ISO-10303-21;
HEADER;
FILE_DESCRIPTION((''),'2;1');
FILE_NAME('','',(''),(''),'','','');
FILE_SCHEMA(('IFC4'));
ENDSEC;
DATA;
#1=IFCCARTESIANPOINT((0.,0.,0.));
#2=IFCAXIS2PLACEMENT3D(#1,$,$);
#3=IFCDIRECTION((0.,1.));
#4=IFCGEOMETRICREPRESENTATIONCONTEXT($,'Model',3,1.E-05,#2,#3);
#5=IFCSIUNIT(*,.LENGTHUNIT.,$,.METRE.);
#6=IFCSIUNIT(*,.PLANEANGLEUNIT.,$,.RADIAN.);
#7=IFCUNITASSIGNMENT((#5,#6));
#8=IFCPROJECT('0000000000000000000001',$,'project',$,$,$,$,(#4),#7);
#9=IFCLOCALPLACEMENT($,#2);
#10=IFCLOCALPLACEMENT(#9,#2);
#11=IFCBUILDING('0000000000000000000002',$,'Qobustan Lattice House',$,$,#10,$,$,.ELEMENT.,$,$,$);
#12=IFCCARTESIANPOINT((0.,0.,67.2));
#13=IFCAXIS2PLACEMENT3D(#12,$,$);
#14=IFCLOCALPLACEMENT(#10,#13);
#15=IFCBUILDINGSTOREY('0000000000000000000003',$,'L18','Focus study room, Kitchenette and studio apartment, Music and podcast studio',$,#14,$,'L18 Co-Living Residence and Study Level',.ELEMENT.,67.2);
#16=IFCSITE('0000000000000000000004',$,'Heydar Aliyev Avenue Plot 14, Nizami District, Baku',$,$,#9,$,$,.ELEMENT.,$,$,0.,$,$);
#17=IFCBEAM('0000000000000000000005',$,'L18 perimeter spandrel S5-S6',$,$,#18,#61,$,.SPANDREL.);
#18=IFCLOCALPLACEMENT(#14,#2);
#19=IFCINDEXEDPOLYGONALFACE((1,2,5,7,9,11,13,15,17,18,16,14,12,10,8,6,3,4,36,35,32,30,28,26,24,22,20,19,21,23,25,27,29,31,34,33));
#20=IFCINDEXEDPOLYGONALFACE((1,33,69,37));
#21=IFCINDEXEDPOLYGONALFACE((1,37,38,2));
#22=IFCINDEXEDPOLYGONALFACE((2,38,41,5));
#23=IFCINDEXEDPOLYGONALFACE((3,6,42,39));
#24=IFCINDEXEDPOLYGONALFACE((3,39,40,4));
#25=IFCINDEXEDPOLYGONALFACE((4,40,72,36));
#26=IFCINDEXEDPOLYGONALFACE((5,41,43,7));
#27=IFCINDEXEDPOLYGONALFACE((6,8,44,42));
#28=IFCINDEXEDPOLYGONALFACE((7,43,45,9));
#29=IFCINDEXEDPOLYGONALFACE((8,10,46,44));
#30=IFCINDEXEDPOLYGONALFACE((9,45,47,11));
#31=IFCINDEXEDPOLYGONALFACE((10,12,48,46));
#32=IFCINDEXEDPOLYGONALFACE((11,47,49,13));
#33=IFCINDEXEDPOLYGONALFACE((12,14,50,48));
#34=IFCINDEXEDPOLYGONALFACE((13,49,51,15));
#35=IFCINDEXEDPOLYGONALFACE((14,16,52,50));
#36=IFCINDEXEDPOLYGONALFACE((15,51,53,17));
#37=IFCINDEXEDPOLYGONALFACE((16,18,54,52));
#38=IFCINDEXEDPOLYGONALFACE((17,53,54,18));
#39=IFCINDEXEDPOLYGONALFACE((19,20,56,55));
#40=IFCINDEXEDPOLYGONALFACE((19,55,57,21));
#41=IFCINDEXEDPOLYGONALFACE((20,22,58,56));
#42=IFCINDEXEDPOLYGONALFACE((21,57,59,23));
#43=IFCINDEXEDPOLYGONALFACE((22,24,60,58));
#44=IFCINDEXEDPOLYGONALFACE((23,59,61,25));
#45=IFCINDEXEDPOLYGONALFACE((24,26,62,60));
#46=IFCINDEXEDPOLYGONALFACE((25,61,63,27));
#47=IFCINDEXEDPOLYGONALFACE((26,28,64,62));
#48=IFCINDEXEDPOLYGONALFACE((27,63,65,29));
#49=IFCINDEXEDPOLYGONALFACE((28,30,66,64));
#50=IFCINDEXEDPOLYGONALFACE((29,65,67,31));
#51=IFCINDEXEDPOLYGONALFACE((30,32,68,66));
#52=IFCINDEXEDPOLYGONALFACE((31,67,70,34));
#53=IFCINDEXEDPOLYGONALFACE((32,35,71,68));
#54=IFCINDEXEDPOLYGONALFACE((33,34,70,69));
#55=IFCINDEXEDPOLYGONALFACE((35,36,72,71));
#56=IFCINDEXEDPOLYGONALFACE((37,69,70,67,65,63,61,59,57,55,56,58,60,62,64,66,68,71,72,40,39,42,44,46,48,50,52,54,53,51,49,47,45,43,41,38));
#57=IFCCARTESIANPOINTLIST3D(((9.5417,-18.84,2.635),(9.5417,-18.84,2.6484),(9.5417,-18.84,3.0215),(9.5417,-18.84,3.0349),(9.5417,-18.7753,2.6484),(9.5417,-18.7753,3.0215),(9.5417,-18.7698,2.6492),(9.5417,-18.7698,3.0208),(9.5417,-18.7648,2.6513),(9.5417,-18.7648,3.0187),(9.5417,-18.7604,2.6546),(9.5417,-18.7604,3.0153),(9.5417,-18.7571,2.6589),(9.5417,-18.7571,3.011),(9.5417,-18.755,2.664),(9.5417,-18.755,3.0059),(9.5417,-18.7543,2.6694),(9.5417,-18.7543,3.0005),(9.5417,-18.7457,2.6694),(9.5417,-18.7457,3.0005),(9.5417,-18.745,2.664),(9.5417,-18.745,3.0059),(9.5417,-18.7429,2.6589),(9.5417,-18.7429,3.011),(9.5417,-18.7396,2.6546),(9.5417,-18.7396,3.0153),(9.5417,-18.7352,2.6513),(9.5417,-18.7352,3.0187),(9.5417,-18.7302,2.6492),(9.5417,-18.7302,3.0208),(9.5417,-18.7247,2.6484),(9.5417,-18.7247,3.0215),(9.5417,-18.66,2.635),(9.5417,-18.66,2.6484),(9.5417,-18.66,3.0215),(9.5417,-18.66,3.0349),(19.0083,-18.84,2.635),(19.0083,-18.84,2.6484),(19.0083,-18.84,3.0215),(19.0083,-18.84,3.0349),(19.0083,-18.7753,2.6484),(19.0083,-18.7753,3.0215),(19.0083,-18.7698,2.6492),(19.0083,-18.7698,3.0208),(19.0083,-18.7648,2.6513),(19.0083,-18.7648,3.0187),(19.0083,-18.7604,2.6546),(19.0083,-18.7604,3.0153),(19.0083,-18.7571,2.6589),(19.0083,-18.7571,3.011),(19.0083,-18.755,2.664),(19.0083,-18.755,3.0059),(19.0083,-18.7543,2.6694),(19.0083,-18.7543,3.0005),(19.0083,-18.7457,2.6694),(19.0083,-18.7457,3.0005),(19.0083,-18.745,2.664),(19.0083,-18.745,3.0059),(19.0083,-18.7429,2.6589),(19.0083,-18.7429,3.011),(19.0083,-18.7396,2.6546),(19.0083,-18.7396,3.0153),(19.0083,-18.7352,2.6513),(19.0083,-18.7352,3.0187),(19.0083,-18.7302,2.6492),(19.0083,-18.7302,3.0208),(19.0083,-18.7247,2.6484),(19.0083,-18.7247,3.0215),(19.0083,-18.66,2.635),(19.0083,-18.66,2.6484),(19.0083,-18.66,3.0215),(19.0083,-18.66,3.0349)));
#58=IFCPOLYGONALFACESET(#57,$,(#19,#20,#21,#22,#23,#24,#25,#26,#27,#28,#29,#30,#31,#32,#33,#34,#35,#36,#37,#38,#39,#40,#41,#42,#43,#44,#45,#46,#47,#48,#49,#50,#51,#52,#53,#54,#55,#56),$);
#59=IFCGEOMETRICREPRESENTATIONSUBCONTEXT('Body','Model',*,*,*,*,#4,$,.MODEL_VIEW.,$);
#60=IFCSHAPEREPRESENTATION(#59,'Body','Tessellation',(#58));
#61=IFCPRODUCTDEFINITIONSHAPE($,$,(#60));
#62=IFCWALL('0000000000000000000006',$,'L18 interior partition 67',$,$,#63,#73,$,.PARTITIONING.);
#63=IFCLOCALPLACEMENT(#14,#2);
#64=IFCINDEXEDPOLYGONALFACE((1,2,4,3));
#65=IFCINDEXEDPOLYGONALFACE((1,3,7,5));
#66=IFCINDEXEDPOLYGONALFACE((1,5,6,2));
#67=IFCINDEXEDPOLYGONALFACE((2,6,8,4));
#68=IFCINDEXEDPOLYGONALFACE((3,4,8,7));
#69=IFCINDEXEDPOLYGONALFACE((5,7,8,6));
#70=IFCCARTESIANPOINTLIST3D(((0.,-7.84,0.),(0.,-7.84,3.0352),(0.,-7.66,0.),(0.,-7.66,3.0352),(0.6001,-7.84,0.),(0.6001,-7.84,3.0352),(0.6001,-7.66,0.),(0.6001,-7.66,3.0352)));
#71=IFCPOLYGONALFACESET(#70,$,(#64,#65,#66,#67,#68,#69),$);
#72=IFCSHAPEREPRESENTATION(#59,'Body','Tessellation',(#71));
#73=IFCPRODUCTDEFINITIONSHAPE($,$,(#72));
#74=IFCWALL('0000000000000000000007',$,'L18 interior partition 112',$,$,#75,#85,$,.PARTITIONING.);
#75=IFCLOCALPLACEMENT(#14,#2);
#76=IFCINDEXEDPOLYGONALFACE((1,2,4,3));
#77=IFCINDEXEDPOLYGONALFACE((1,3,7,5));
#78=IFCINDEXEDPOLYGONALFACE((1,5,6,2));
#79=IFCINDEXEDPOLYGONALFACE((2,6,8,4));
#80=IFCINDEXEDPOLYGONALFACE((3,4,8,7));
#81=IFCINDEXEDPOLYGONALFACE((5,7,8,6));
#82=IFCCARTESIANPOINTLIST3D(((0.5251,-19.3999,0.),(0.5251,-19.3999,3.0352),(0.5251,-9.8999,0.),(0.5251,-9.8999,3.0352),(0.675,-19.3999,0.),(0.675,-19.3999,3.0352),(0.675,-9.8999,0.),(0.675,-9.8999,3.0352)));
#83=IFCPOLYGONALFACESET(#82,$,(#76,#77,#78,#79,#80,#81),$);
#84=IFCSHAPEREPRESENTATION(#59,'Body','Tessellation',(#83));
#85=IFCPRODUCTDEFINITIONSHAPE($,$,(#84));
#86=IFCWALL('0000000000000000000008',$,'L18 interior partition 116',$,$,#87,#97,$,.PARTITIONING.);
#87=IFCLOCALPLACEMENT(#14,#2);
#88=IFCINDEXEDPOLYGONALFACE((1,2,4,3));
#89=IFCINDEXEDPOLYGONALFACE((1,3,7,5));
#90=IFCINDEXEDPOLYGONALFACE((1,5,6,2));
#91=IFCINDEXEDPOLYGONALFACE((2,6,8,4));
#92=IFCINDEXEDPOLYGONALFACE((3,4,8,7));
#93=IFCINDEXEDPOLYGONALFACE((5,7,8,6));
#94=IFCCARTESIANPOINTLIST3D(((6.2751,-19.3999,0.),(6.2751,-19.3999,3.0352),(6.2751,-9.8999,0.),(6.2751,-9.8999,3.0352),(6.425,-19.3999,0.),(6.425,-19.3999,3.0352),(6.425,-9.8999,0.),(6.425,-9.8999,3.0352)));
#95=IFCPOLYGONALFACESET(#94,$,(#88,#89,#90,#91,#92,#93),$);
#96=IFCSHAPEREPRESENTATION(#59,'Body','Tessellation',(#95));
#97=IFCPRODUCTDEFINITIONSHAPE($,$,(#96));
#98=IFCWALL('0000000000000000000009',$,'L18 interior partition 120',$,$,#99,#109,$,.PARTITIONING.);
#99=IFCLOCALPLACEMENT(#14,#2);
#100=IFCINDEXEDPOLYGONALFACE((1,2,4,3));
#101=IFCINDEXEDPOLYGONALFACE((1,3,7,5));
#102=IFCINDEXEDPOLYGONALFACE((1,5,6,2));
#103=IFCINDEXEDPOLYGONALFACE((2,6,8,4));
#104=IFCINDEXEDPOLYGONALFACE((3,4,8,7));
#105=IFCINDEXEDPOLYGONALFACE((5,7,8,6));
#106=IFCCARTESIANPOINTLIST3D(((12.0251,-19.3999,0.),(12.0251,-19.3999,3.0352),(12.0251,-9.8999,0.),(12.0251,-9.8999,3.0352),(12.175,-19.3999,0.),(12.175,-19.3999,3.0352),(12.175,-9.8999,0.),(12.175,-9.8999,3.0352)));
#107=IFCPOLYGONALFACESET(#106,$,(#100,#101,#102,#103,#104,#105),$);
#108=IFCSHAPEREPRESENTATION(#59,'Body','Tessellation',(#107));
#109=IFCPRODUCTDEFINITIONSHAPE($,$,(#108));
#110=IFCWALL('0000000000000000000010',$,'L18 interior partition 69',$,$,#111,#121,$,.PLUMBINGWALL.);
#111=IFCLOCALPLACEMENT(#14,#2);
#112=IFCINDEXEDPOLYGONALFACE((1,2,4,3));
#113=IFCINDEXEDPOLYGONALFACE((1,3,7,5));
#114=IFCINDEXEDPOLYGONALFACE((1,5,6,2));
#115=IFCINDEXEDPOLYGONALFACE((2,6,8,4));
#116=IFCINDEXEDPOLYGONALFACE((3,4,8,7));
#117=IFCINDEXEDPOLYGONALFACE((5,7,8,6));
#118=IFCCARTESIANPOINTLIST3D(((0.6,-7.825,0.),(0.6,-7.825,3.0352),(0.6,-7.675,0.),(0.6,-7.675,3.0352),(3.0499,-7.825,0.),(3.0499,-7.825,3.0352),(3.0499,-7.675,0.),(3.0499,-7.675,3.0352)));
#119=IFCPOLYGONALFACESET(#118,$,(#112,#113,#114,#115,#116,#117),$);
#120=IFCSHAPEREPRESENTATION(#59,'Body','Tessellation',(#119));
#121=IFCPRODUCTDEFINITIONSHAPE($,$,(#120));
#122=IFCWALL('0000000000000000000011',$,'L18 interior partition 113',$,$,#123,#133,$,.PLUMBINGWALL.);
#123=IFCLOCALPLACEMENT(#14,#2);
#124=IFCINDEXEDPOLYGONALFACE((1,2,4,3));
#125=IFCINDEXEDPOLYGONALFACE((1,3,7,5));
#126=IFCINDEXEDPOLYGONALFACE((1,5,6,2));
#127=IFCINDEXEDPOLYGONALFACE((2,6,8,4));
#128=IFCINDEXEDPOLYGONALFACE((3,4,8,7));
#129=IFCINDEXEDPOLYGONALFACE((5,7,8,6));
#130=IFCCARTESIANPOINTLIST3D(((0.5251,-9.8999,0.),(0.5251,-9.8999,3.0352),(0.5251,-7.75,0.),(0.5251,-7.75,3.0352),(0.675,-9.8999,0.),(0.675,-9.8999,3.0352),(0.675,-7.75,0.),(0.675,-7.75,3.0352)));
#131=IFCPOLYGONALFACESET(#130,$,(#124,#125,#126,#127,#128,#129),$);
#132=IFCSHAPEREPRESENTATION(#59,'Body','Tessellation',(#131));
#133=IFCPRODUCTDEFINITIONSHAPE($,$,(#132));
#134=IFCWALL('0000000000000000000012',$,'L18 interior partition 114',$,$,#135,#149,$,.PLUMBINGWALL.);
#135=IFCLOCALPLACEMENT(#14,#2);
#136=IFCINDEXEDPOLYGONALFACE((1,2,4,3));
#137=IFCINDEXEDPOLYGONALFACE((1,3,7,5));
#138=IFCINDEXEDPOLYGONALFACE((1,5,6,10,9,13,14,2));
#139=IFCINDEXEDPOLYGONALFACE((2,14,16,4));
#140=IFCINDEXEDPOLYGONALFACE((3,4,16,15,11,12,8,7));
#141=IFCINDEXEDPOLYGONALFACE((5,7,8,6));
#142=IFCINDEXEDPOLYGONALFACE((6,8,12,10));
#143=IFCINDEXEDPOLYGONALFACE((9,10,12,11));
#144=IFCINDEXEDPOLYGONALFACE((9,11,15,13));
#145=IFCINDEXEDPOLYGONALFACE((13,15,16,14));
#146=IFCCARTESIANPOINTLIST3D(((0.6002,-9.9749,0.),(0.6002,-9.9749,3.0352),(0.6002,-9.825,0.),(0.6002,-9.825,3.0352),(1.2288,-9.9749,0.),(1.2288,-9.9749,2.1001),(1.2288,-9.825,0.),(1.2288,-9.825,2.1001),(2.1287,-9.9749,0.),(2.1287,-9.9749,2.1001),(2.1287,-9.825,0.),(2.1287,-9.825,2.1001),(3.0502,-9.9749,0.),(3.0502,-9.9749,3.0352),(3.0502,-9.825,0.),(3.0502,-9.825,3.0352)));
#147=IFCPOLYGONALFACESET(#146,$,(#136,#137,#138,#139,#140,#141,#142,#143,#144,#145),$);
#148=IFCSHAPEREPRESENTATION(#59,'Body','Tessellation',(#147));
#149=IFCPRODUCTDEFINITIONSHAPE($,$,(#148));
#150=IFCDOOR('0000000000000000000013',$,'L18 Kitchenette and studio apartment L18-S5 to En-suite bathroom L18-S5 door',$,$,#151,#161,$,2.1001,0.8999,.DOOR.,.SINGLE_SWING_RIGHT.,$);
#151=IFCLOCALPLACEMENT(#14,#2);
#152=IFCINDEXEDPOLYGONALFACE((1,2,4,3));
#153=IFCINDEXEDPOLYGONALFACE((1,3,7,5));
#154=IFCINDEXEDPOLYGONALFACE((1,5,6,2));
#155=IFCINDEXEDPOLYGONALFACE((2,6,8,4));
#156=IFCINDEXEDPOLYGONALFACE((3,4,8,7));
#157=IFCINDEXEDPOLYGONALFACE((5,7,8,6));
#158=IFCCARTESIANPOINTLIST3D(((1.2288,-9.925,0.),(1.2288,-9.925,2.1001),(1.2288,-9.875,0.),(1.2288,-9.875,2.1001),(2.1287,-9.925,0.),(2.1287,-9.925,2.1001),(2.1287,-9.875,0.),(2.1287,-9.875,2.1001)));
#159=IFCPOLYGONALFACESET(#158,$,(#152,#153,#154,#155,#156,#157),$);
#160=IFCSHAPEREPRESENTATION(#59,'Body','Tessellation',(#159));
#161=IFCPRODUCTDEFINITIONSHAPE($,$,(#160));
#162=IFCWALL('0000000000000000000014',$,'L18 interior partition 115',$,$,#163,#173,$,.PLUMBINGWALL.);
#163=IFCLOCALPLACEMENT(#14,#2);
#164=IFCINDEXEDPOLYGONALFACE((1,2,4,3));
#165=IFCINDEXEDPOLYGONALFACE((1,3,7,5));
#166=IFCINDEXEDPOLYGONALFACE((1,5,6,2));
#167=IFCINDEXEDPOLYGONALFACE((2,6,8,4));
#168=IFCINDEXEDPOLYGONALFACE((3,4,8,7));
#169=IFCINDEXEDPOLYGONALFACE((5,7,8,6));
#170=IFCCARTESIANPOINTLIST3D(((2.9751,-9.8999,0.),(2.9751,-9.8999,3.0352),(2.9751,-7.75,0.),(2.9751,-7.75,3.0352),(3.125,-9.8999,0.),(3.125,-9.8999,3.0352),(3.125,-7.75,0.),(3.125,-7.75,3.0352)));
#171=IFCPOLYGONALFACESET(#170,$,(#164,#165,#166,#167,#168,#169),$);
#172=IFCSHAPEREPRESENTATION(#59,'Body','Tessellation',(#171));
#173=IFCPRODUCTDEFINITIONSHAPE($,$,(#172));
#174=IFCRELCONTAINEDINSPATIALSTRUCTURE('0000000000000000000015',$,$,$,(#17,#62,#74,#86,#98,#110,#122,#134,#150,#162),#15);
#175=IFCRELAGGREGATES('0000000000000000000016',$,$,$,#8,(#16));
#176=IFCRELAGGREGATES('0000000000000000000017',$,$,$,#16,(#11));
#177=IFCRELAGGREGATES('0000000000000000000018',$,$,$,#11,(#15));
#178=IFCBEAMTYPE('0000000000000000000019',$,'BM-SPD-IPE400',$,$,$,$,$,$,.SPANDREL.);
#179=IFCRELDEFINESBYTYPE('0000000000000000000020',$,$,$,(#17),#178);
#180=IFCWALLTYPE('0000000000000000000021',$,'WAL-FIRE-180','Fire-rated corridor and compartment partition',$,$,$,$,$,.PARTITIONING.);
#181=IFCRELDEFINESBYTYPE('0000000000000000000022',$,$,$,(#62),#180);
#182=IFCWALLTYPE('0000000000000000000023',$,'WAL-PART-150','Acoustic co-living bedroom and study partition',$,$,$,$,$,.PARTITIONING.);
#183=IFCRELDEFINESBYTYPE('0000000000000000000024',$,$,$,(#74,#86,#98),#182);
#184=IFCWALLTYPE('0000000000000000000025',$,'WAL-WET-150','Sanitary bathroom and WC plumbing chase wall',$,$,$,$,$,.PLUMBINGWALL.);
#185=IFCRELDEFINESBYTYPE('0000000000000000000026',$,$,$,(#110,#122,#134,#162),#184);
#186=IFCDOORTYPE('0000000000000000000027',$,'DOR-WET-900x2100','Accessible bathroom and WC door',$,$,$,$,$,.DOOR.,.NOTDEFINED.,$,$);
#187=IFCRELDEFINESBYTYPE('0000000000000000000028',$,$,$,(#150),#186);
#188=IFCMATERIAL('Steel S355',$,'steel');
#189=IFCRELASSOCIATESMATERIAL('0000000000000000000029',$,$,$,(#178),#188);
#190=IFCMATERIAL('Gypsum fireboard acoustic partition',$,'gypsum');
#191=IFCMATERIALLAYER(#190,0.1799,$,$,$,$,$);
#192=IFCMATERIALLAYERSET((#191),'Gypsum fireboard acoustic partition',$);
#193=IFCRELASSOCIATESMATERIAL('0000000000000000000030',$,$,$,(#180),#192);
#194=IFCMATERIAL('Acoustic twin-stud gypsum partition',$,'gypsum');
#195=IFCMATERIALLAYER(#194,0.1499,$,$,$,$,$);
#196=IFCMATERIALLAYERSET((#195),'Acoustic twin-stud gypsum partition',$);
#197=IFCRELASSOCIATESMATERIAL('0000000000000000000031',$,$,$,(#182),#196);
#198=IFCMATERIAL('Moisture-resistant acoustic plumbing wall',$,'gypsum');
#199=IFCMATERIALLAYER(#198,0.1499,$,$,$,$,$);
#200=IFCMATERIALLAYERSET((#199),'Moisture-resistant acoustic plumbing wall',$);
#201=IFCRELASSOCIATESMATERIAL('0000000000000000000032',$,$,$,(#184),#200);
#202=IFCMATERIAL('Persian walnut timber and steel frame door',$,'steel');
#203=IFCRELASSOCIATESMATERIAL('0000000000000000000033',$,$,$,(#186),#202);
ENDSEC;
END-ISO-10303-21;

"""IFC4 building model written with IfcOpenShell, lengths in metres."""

from ifc_helpers import new_model, si_unit, direction, frame, frame_2d, origin, origin_2d, place, context, subcontext, project, spatial, rectangle, i_section, extrude, material, layer, layer_set, material_profile, profile_set, type_object, element, fill, save


model = new_model("IFC4")

# Units and contexts
model_context = context("Model", 3, precision=1e-05, world=origin(), true_north=direction((0.0, 1.0)))
body_context = subcontext(model_context, "Body", "Model", "MODEL_VIEW")
ifc_project = project(units=[si_unit("LENGTHUNIT", "METRE"), si_unit("PLANEANGLEUNIT", "RADIAN")], contexts=[model_context])

# Site, building, storey
site_placement = place(None, origin())
site = spatial("IfcSite", under=ifc_project, at=site_placement, Name="Heydar Aliyev Avenue Plot 14, Nizami District, Baku", CompositionType="ELEMENT", RefElevation=0.0)
building_placement = place(site_placement, origin())
building = spatial("IfcBuilding", under=site, at=building_placement, Name="Qobustan Lattice House", CompositionType="ELEMENT")
storey_placement = place(building_placement, frame((0.0, 0.0, 67.2)))
storey = spatial("IfcBuildingStorey", under=building, at=storey_placement, Name="L18", Description="Focus study room, Kitchenette and studio apartment, Music and podcast studio", LongName="L18 Co-Living Residence and Study Level", CompositionType="ELEMENT", Elevation=67.2)

# Beam
ifc_material_1 = material(Name="Steel S355", Category="steel")
ifc_material_profile_1 = material_profile(ifc_material_1, i_section(OverallWidth=0.1799, OverallDepth=0.3999, WebThickness=0.0085, FlangeThickness=0.0134, FilletRadius=0.021, at=origin_2d()), Name="IPE400")
ifc_profile_set_1 = profile_set([ifc_material_profile_1], Name="Steel S355")
beam_type_1 = type_object("IfcBeamType", Name="BM-SPD-IPE400", PredefinedType="SPANDREL", material=ifc_profile_set_1)
beam_1_placement = place(storey_placement, frame((9.5417, -18.75, 2.835), z_axis=(1.0, 0.0, 0.0), x_axis=(0.0, 1.0, 0.0)))
element("IfcBeam", 1, at=beam_1_placement, inside=storey, type_object=beam_type_1, Name="L18 perimeter spandrel S5-S6", PredefinedType="SPANDREL", context=body_context, shape_type="SweptSolid", body=[
    extrude(i_section(OverallWidth=0.1799, OverallDepth=0.3999, WebThickness=0.0085, FlangeThickness=0.0134, FilletRadius=0.021, at=origin_2d()), origin(), (0.0, 0.0, 1.0), 9.4666),
])

# Shared definitions
ifc_material_2 = material(Name="Gypsum fireboard acoustic partition", Category="gypsum")
ifc_layer_1 = layer(ifc_material_2, 0.1799)
ifc_layer_set_1 = layer_set([ifc_layer_1], Name="Gypsum fireboard acoustic partition")
wall_type_1 = type_object("IfcWallType", Name="WAL-FIRE-180", Description="Fire-rated corridor and compartment partition", PredefinedType="PARTITIONING", material=ifc_layer_set_1)

# Walls
wall_1_placement = place(storey_placement, frame((0.6001, -7.75, 0.0), z_axis=(0.0, 0.0, 1.0), x_axis=(-1.0, 0.0, 0.0)))
element("IfcWall", 2, at=wall_1_placement, inside=storey, type_object=wall_type_1, Name="L18 interior partition 67", PredefinedType="PARTITIONING", context=body_context, shape_type="SweptSolid", body=[
    extrude(rectangle(XDim=0.6001, YDim=0.1799, at=frame_2d((0.3, 0.0))), origin(), (0.0, 0.0, 1.0), 3.0352),
])
ifc_material_3 = material(Name="Acoustic twin-stud gypsum partition", Category="gypsum")
ifc_layer_2 = layer(ifc_material_3, 0.1499)
ifc_layer_set_2 = layer_set([ifc_layer_2], Name="Acoustic twin-stud gypsum partition")
wall_type_2 = type_object("IfcWallType", Name="WAL-PART-150", Description="Acoustic co-living bedroom and study partition", PredefinedType="PARTITIONING", material=ifc_layer_set_2)
for number, where, z_axis, x_axis, name in (
    (3, (0.6001, -9.8999, 0.0), (0.0, 0.0, 1.0), (0.0, -1.0, 0.0), "L18 interior partition 112"),
    (4, (6.3501, -9.8999, 0.0), (0.0, 0.0, 1.0), (0.0, -1.0, 0.0), "L18 interior partition 116"),
    (5, (12.1001, -9.8999, 0.0), (0.0, 0.0, 1.0), (0.0, -1.0, 0.0), "L18 interior partition 120"),
):
    element("IfcWall", number, at=place(storey_placement, frame(where, z_axis=z_axis, x_axis=x_axis)), inside=storey, type_object=wall_type_2, Name=name, PredefinedType="PARTITIONING", context=body_context, shape_type="SweptSolid", body=[
        extrude(rectangle(XDim=9.5, YDim=0.1499, at=frame_2d((4.75, 0.0))), origin(), (0.0, 0.0, 1.0), 3.0352),
    ])
ifc_material_4 = material(Name="Moisture-resistant acoustic plumbing wall", Category="gypsum")
ifc_layer_3 = layer(ifc_material_4, 0.1499)
ifc_layer_set_3 = layer_set([ifc_layer_3], Name="Moisture-resistant acoustic plumbing wall")
wall_type_3 = type_object("IfcWallType", Name="WAL-WET-150", Description="Sanitary bathroom and WC plumbing chase wall", PredefinedType="PLUMBINGWALL", material=ifc_layer_set_3)
wall_2_placement = place(storey_placement, frame((3.05, -7.75, 0.0), z_axis=(0.0, 0.0, 1.0), x_axis=(-1.0, 0.0, 0.0)))
element("IfcWall", 6, at=wall_2_placement, inside=storey, type_object=wall_type_3, Name="L18 interior partition 69", PredefinedType="PLUMBINGWALL", context=body_context, shape_type="SweptSolid", body=[
    extrude(rectangle(XDim=2.45, YDim=0.1499, at=frame_2d((1.2251, 0.0))), origin(), (0.0, 0.0, 1.0), 3.0352),
])
wall_3_placement = place(storey_placement, frame((0.6001, -7.75, 0.0), z_axis=(0.0, 0.0, 1.0), x_axis=(0.0, -1.0, 0.0)))
element("IfcWall", 7, at=wall_3_placement, inside=storey, type_object=wall_type_3, Name="L18 interior partition 113", PredefinedType="PLUMBINGWALL", context=body_context, shape_type="SweptSolid", body=[
    extrude(rectangle(XDim=2.1499, YDim=0.1499, at=frame_2d((1.075, 0.0))), origin(), (0.0, 0.0, 1.0), 3.0352),
])

# Wall, opening, door
wall_4_placement = place(storey_placement, frame((0.6001, -9.8999, 0.0), z_axis=(0.0, 0.0, 1.0), x_axis=(1.0, 0.0, 0.0)))
wall_4 = element("IfcWall", 8, at=wall_4_placement, inside=storey, type_object=wall_type_3, Name="L18 interior partition 114", PredefinedType="PLUMBINGWALL", context=body_context, shape_type="SweptSolid", body=[
    extrude(rectangle(XDim=2.45, YDim=0.1499, at=frame_2d((1.2251, 0.0))), origin(), (0.0, 0.0, 1.0), 3.0352),
])
opening_1_placement = place(wall_4_placement, frame((0.6287, 0.0, 0.0)))
opening_1 = element("IfcOpeningElement", 9, at=opening_1_placement, cuts=wall_4, PredefinedType="OPENING", context=body_context, shape_type="SweptSolid", body=[
    extrude(rectangle(XDim=0.8999, YDim=2.1001, at=frame_2d((0.45, 1.05))), frame((0.0, 0.085, 0.0), z_axis=(0.0, -1.0, 0.0), x_axis=(1.0, 0.0, 0.0)), (0.0, 0.0, 1.0), 0.1699),
])
ifc_material_5 = material(Name="Persian walnut timber and steel frame door", Category="steel")
door_type_1 = type_object("IfcDoorType", Name="DOR-WET-900x2100", Description="Accessible bathroom and WC door", OperationType="NOTDEFINED", PredefinedType="DOOR", material=ifc_material_5)
door_1_placement = place(opening_1_placement, origin())
door_1 = element("IfcDoor", 10, at=door_1_placement, inside=storey, type_object=door_type_1, Name="L18 Kitchenette and studio apartment L18-S5 to En-suite bathroom L18-S5 door", OperationType="SINGLE_SWING_RIGHT", OverallHeight=2.1001, OverallWidth=0.8999, PredefinedType="DOOR", context=body_context, shape_type="SweptSolid", body=[
    extrude(rectangle(XDim=0.8999, YDim=2.1001, at=frame_2d((0.45, 1.05))), frame((0.0, 0.0249, 0.0), z_axis=(0.0, -1.0, 0.0), x_axis=(1.0, 0.0, 0.0)), (0.0, 0.0, 1.0), 0.05),
])
fill(opening_1, door_1)

# Wall
wall_5_placement = place(storey_placement, frame((3.05, -9.8999, 0.0), z_axis=(0.0, 0.0, 1.0), x_axis=(0.0, 1.0, 0.0)))
element("IfcWall", 11, at=wall_5_placement, inside=storey, type_object=wall_type_3, Name="L18 interior partition 115", PredefinedType="PLUMBINGWALL", context=body_context, shape_type="SweptSolid", body=[
    extrude(rectangle(XDim=2.1499, YDim=0.1499, at=frame_2d((1.075, 0.0))), origin(), (0.0, 0.0, 1.0), 3.0352),
])

save(model, "model.ifc")
